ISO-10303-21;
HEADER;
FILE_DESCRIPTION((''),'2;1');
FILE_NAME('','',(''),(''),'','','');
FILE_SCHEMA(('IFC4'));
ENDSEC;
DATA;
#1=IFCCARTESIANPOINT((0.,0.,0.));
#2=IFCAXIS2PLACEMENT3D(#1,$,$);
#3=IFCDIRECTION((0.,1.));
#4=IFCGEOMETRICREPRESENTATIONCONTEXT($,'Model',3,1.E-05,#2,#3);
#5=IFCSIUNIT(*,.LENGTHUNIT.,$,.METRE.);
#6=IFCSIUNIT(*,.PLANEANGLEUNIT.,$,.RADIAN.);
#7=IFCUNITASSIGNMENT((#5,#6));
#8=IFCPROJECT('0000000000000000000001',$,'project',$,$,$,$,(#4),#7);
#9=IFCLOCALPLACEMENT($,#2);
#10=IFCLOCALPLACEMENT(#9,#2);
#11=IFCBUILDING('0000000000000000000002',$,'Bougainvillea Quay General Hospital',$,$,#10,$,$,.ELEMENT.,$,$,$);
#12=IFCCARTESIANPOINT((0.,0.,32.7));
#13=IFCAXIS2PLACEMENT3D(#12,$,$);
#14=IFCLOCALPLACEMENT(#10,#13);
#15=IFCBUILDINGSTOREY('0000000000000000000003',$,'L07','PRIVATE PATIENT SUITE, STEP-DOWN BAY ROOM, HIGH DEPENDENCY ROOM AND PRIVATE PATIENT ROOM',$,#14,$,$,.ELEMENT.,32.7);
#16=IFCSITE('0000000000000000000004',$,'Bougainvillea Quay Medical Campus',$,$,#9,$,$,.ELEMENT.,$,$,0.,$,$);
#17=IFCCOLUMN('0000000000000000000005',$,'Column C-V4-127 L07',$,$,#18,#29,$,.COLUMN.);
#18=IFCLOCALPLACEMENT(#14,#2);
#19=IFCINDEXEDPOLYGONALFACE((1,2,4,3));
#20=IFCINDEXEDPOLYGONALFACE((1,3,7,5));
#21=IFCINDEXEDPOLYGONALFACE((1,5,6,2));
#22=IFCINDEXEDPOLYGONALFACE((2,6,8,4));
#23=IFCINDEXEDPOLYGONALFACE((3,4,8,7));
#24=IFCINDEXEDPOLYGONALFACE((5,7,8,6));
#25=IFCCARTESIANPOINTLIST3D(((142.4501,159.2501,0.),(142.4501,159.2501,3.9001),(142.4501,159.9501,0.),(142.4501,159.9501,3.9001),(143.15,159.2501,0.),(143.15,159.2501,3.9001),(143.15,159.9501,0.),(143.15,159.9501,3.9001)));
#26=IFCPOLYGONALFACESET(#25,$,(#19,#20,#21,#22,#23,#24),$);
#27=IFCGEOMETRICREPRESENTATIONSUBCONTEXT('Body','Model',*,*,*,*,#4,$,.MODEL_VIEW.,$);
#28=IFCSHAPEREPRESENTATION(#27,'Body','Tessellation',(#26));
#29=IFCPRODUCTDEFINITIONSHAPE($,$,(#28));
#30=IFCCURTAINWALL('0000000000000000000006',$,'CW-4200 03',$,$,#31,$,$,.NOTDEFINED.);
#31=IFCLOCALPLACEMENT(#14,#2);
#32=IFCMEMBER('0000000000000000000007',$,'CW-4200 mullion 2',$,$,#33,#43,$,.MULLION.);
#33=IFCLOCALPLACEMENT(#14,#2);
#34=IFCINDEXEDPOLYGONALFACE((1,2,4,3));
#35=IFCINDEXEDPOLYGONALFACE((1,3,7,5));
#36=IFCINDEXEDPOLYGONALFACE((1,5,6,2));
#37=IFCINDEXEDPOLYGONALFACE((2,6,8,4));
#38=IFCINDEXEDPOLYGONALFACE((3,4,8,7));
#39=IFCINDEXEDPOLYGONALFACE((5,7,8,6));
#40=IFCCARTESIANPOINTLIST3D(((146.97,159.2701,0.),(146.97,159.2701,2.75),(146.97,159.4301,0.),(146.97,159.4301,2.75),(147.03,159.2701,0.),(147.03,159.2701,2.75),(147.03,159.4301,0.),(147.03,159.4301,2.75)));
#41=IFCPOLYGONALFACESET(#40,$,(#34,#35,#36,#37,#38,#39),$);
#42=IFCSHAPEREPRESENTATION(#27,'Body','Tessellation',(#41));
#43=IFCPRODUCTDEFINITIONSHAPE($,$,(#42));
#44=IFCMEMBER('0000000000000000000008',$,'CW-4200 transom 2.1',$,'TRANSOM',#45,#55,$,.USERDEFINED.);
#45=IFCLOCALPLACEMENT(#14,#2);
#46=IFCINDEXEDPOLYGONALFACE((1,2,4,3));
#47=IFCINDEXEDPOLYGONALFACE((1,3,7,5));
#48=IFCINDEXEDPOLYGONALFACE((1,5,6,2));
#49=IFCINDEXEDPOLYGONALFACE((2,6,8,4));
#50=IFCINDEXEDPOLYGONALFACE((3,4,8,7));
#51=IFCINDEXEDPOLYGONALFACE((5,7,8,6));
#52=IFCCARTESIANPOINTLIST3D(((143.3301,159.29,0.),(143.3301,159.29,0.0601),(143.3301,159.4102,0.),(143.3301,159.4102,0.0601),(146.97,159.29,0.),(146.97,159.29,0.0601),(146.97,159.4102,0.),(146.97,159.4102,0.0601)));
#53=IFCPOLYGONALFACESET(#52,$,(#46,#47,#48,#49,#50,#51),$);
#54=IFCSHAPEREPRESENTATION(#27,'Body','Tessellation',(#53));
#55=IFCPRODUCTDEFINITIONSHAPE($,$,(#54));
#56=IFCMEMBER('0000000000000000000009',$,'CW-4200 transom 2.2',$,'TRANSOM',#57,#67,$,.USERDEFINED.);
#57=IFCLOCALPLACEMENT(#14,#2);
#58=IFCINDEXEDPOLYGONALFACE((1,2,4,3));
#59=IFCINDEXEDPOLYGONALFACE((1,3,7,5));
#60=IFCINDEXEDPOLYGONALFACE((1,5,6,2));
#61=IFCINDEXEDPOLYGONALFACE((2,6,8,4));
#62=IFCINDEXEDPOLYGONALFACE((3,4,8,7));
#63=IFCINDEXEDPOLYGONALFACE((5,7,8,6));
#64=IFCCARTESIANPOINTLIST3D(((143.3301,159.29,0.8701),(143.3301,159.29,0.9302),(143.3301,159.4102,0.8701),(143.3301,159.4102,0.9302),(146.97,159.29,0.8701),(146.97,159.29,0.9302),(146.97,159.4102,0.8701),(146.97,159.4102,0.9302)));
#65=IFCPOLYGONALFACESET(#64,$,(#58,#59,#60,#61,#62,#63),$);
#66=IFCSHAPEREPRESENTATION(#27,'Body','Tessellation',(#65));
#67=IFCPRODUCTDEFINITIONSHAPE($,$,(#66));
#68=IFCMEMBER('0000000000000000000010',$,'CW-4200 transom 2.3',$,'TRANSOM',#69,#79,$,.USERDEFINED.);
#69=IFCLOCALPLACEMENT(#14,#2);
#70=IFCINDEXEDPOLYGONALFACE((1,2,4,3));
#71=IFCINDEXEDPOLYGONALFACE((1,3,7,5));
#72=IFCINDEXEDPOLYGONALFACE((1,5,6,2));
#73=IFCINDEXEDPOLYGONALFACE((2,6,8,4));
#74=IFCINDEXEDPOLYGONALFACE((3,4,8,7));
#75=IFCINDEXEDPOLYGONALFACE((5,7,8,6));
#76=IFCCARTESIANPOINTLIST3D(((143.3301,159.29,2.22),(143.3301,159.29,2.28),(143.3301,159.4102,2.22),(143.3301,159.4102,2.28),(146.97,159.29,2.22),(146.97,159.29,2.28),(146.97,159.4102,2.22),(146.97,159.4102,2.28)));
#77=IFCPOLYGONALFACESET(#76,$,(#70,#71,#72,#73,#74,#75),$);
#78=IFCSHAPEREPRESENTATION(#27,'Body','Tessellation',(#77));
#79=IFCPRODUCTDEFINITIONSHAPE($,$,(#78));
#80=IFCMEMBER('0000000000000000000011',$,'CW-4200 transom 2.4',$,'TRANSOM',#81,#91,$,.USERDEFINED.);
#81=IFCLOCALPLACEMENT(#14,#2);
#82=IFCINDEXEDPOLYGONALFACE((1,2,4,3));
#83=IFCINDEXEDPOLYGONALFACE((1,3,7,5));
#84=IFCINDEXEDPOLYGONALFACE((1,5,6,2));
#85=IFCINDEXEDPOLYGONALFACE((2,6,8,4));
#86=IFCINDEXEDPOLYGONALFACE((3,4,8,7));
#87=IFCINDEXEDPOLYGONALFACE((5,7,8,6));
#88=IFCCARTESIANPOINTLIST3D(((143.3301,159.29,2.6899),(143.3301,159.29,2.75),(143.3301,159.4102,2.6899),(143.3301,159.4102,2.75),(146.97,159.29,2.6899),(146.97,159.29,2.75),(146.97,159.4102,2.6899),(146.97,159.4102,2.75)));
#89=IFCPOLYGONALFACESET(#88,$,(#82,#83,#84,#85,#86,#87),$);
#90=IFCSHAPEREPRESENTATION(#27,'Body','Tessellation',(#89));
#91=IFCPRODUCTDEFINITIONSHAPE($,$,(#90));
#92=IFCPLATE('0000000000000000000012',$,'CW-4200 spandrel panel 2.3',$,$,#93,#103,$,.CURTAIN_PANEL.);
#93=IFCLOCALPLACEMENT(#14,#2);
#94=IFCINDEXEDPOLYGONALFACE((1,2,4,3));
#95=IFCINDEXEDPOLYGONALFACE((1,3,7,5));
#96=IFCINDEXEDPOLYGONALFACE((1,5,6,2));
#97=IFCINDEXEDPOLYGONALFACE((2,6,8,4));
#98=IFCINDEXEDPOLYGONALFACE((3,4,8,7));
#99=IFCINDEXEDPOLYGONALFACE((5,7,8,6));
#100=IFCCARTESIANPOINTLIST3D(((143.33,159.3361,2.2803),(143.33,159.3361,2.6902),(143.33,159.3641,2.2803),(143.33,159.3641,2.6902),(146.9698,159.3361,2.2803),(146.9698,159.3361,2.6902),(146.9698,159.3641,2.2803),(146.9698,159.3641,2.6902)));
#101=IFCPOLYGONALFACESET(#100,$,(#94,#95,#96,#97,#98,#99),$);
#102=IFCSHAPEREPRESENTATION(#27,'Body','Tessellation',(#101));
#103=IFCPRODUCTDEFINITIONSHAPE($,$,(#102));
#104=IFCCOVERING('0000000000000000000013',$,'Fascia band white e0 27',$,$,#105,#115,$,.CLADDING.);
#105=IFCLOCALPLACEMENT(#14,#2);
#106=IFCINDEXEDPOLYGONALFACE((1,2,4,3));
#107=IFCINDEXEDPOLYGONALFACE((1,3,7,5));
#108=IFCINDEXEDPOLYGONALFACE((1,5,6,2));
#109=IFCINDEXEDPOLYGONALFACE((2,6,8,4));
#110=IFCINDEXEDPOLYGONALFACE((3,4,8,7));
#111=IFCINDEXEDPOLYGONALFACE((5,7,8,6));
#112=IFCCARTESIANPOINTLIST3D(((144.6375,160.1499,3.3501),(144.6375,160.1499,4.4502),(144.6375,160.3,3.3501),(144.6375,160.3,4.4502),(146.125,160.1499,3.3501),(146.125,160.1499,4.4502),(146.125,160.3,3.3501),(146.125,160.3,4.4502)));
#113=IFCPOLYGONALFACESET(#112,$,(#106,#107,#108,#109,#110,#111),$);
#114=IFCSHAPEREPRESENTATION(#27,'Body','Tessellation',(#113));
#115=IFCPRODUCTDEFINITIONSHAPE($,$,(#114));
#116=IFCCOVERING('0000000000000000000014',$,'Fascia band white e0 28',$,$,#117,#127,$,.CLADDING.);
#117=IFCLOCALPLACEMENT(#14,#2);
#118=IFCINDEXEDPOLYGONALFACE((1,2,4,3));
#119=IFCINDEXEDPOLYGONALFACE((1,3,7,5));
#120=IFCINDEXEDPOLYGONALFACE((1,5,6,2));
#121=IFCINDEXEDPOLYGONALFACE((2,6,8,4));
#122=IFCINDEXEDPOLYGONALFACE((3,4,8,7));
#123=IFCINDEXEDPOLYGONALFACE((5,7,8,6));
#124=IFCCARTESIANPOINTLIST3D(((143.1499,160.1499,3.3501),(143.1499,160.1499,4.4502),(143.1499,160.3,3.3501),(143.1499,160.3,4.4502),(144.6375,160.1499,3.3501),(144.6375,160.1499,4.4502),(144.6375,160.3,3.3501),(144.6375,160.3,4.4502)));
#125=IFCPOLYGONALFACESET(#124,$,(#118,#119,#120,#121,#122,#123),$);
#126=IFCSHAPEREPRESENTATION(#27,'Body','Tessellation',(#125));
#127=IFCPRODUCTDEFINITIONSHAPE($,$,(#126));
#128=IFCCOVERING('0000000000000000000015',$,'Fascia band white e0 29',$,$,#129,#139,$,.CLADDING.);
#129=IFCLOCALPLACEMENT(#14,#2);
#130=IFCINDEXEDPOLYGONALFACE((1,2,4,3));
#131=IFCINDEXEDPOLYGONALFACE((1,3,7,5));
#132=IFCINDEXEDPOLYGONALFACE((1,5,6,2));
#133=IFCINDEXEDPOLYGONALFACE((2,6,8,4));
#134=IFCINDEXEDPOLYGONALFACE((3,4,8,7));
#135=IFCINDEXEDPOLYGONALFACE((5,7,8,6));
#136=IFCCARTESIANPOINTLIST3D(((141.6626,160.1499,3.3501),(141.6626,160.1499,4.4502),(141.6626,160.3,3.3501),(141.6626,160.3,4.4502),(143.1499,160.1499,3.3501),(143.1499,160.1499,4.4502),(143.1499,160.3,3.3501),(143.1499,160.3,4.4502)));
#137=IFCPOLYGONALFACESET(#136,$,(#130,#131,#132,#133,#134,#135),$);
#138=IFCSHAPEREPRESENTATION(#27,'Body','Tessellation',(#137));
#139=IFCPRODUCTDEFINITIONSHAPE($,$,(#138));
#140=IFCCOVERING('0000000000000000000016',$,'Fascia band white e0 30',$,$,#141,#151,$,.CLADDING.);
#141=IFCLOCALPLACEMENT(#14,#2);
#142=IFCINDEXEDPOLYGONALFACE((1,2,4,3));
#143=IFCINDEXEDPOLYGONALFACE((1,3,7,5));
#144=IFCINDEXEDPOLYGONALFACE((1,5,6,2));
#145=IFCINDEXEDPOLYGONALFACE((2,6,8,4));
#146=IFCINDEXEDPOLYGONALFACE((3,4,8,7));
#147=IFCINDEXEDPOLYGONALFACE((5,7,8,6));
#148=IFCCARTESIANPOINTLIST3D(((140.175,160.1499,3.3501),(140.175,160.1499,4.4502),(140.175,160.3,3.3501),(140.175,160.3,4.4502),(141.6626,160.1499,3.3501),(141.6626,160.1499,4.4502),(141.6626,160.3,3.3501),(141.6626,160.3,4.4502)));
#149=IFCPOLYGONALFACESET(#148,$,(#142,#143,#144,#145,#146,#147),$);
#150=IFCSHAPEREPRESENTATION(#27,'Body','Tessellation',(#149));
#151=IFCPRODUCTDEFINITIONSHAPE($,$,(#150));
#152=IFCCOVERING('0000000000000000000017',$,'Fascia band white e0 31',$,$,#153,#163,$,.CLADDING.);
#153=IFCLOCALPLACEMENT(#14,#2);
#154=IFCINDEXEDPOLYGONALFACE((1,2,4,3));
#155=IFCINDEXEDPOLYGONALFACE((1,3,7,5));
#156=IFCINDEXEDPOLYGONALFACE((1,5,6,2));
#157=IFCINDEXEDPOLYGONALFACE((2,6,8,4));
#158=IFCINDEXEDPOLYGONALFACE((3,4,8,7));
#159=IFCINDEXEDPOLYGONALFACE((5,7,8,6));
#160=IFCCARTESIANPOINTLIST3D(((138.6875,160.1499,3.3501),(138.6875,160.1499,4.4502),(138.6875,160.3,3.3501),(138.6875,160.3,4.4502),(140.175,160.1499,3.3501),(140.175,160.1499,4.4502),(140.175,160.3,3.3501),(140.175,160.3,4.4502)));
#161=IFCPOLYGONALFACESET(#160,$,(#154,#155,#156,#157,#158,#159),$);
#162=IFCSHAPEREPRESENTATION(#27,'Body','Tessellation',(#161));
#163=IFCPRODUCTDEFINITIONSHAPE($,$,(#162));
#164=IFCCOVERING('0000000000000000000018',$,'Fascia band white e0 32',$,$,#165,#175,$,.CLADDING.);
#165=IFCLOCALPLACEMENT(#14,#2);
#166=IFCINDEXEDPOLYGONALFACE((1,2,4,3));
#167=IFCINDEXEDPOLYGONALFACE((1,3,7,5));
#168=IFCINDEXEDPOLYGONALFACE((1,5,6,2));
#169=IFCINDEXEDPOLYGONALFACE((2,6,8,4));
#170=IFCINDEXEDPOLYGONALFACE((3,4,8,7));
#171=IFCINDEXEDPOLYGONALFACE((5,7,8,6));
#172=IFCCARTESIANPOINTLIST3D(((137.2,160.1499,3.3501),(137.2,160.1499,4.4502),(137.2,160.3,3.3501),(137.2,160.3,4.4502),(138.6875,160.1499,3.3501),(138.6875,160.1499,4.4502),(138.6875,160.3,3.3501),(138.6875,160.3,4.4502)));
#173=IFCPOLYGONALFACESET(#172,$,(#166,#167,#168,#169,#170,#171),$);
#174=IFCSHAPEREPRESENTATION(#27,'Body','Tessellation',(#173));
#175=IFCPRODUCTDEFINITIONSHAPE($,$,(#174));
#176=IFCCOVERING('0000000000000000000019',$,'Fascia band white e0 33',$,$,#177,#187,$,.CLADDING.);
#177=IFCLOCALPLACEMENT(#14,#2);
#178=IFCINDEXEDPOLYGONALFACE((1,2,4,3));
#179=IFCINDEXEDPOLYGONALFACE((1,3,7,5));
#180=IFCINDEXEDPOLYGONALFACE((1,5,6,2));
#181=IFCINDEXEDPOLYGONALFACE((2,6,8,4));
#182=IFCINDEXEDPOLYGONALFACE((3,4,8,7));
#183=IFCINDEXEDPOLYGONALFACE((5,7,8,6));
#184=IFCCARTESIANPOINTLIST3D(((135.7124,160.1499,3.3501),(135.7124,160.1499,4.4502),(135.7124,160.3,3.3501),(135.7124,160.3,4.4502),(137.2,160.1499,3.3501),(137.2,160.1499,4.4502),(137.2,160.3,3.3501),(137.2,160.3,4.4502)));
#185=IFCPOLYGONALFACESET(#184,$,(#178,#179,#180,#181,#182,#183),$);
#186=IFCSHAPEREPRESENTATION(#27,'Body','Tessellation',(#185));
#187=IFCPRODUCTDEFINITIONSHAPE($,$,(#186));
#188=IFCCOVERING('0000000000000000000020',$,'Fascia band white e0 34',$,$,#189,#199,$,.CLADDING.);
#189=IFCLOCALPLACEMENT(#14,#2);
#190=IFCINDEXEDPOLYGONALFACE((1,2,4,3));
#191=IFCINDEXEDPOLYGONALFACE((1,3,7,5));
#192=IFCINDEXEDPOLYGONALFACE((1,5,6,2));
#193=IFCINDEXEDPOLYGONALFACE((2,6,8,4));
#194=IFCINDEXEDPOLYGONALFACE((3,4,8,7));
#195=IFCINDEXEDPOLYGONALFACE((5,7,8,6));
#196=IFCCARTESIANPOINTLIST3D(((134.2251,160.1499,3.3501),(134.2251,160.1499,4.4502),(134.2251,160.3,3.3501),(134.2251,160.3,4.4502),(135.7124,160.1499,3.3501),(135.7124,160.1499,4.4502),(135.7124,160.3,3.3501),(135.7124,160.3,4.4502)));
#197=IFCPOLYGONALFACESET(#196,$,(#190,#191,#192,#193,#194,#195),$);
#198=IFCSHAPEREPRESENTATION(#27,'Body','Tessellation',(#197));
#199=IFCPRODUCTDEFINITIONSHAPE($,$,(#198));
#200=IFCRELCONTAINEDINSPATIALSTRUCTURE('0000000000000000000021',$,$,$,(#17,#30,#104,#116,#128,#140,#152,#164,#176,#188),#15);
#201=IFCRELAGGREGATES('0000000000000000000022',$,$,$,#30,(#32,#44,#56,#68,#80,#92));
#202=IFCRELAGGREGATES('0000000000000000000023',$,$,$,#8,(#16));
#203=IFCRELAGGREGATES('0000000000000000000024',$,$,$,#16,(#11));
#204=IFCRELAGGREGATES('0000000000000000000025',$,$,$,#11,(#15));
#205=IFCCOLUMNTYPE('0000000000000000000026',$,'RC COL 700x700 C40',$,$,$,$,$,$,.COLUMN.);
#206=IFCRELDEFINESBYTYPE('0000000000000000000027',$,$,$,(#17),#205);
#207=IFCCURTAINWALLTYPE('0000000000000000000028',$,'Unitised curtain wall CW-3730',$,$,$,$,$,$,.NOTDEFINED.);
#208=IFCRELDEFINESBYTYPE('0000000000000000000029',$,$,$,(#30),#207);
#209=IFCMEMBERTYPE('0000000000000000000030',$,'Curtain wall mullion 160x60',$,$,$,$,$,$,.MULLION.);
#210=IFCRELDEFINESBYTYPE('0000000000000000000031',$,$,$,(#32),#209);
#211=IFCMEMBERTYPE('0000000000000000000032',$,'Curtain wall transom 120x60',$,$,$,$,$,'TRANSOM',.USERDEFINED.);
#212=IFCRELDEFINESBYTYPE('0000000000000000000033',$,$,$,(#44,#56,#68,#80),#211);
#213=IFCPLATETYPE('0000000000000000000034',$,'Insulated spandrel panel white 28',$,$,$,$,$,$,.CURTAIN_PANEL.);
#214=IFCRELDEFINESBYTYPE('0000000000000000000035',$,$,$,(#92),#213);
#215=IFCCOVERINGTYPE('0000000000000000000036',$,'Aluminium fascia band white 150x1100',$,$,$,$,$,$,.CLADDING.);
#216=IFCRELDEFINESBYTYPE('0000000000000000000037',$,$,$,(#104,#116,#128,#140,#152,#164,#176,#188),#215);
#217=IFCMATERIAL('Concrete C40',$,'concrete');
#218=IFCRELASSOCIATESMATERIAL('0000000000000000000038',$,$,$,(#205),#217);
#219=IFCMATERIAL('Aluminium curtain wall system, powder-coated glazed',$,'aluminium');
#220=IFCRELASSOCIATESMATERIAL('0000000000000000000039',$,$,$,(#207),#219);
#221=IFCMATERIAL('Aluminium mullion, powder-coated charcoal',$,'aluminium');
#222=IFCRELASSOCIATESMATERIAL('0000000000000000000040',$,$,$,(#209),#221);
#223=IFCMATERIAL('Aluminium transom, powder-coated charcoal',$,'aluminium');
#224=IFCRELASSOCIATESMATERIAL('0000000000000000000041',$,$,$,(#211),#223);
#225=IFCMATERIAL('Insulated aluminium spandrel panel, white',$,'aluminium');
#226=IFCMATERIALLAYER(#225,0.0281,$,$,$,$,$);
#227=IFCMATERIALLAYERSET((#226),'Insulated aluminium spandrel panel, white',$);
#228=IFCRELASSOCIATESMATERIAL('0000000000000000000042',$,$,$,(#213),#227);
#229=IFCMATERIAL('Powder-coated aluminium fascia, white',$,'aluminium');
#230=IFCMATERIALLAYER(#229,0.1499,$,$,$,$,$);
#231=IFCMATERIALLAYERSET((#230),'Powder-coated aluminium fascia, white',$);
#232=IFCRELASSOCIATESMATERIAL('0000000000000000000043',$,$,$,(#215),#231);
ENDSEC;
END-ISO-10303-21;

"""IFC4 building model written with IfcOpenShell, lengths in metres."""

from ifc_helpers import new_model, si_unit, direction, frame, origin, origin_2d, place, context, subcontext, project, spatial, polyline, rectangle, outline, extrude, material, layer, layer_set, material_profile, profile_set, type_object, element, aggregate, save


model = new_model("IFC4")

# Units and contexts
model_context = context("Model", 3, precision=1e-05, world=origin(), true_north=direction((0.0, 1.0)))
body_context = subcontext(model_context, "Body", "Model", "MODEL_VIEW")
ifc_project = project(units=[si_unit("LENGTHUNIT", "METRE"), si_unit("PLANEANGLEUNIT", "RADIAN")], contexts=[model_context])

# Site, building, storey
site_placement = place(None, origin())
site = spatial("IfcSite", under=ifc_project, at=site_placement, Name="Bougainvillea Quay Medical Campus", CompositionType="ELEMENT", RefElevation=0.0)
building_placement = place(site_placement, origin())
building = spatial("IfcBuilding", under=site, at=building_placement, Name="Bougainvillea Quay General Hospital", CompositionType="ELEMENT")
storey_placement = place(building_placement, frame((0.0, 0.0, 32.7)))
storey = spatial("IfcBuildingStorey", under=building, at=storey_placement, Name="L07", Description="PRIVATE PATIENT SUITE, STEP-DOWN BAY ROOM, HIGH DEPENDENCY ROOM AND PRIVATE PATIENT ROOM", CompositionType="ELEMENT", Elevation=32.7)

# Column
ifc_material_1 = material(Name="Concrete C40", Category="concrete")
ifc_material_profile_1 = material_profile(ifc_material_1, rectangle(XDim=0.7, YDim=0.7, at=origin_2d()))
ifc_profile_set_1 = profile_set([ifc_material_profile_1], Name="Concrete C40")
column_type = type_object("IfcColumnType", Name="RC COL 700x700 C40", PredefinedType="COLUMN", material=ifc_profile_set_1)
column_placement = place(storey_placement, frame((142.8, 159.6001, 0.0), z_axis=(0.0, 0.0, 1.0), x_axis=(1.0, 0.0, 0.0)))
element("IfcColumn", 1, at=column_placement, inside=storey, type_object=column_type, Name="Column C-V4-127 L07", PredefinedType="COLUMN", context=body_context, shape_type="SweptSolid", body=[
    extrude(rectangle(XDim=0.7, YDim=0.7, at=origin_2d()), origin(), (0.0, 0.0, 1.0), 3.9001),
])

# Curtain wall, members, plate
ifc_material_2 = material(Name="Aluminium curtain wall system, powder-coated glazed", Category="aluminium")
curtain_wall_type = type_object("IfcCurtainWallType", Name="Unitised curtain wall CW-3730", PredefinedType="NOTDEFINED", material=ifc_material_2)
curtain_wall_placement = place(storey_placement, origin())
curtain_wall = element("IfcCurtainWall", 2, at=curtain_wall_placement, inside=storey, type_object=curtain_wall_type, Name="CW-4200 03", PredefinedType="NOTDEFINED")
ifc_material_3 = material(Name="Aluminium mullion, powder-coated charcoal", Category="aluminium")
ifc_material_profile_2 = material_profile(ifc_material_3, rectangle(XDim=0.1599, YDim=0.0601, at=origin_2d()))
ifc_profile_set_2 = profile_set([ifc_material_profile_2], Name="Aluminium mullion, powder-coated charcoal")
member_type_1 = type_object("IfcMemberType", Name="Curtain wall mullion 160x60", PredefinedType="MULLION", material=ifc_profile_set_2)
member_1_placement = place(storey_placement, frame((147.0, 159.3501, 0.0), z_axis=(0.0, 0.0, 1.0), x_axis=(0.0, -1.0, 0.0)))
member_1 = element("IfcMember", 3, at=member_1_placement, type_object=member_type_1, Name="CW-4200 mullion 2", PredefinedType="MULLION", context=body_context, shape_type="SweptSolid", body=[
    extrude(rectangle(XDim=0.1599, YDim=0.0601, at=origin_2d()), origin(), (0.0, 0.0, 1.0), 2.75),
])
ifc_material_4 = material(Name="Aluminium transom, powder-coated charcoal", Category="aluminium")
ifc_material_profile_3 = material_profile(ifc_material_4, rectangle(XDim=0.1201, YDim=0.0601, at=origin_2d()))
ifc_profile_set_3 = profile_set([ifc_material_profile_3], Name="Aluminium transom, powder-coated charcoal")
member_type_2 = type_object("IfcMemberType", Name="Curtain wall transom 120x60", ElementType="TRANSOM", PredefinedType="USERDEFINED", material=ifc_profile_set_3)
member_2_placement = place(storey_placement, frame((146.97, 159.3501, 0.03), z_axis=(-1.0, 0.0, 0.0), x_axis=(0.0, -1.0, 0.0)))
member_2 = element("IfcMember", 4, at=member_2_placement, type_object=member_type_2, Name="CW-4200 transom 2.1", ObjectType="TRANSOM", PredefinedType="USERDEFINED", context=body_context, shape_type="SweptSolid", body=[
    extrude(rectangle(XDim=0.1201, YDim=0.0601, at=origin_2d()), origin(), (0.0, 0.0, 1.0), 3.6399),
])
member_3_placement = place(storey_placement, frame((146.97, 159.3501, 0.9001), z_axis=(-1.0, 0.0, 0.0), x_axis=(0.0, -1.0, 0.0)))
member_3 = element("IfcMember", 5, at=member_3_placement, type_object=member_type_2, Name="CW-4200 transom 2.2", ObjectType="TRANSOM", PredefinedType="USERDEFINED", context=body_context, shape_type="SweptSolid", body=[
    extrude(rectangle(XDim=0.1201, YDim=0.0601, at=origin_2d()), origin(), (0.0, 0.0, 1.0), 3.6399),
])
member_4_placement = place(storey_placement, frame((146.97, 159.3501, 2.25), z_axis=(-1.0, 0.0, 0.0), x_axis=(0.0, -1.0, 0.0)))
member_4 = element("IfcMember", 6, at=member_4_placement, type_object=member_type_2, Name="CW-4200 transom 2.3", ObjectType="TRANSOM", PredefinedType="USERDEFINED", context=body_context, shape_type="SweptSolid", body=[
    extrude(rectangle(XDim=0.1201, YDim=0.0601, at=origin_2d()), origin(), (0.0, 0.0, 1.0), 3.6399),
])
member_5_placement = place(storey_placement, frame((146.97, 159.3501, 2.72), z_axis=(-1.0, 0.0, 0.0), x_axis=(0.0, -1.0, 0.0)))
member_5 = element("IfcMember", 7, at=member_5_placement, type_object=member_type_2, Name="CW-4200 transom 2.4", ObjectType="TRANSOM", PredefinedType="USERDEFINED", context=body_context, shape_type="SweptSolid", body=[
    extrude(rectangle(XDim=0.1201, YDim=0.0601, at=origin_2d()), origin(), (0.0, 0.0, 1.0), 3.6399),
])
ifc_material_5 = material(Name="Insulated aluminium spandrel panel, white", Category="aluminium")
ifc_layer_1 = layer(ifc_material_5, 0.0281)
ifc_layer_set_1 = layer_set([ifc_layer_1], Name="Insulated aluminium spandrel panel, white")
plate_type = type_object("IfcPlateType", Name="Insulated spandrel panel white 28", PredefinedType="CURTAIN_PANEL", material=ifc_layer_set_1)
plate_placement = place(storey_placement, frame((145.1499, 159.3501, 2.2803), z_axis=(0.0, 0.0, 1.0), x_axis=(-1.0, 0.0, 0.0)))
plate = element("IfcPlate", 8, at=plate_placement, type_object=plate_type, Name="CW-4200 spandrel panel 2.3", PredefinedType="CURTAIN_PANEL", context=body_context, shape_type="SweptSolid", body=[
    extrude(rectangle(XDim=3.6399, YDim=0.0281, at=origin_2d()), origin(), (0.0, 0.0, 1.0), 0.4099),
])
aggregate(curtain_wall, [member_1, member_2, member_3, member_4, member_5, plate])

# Coverings
ifc_material_6 = material(Name="Powder-coated aluminium fascia, white", Category="aluminium")
ifc_layer_2 = layer(ifc_material_6, 0.1499)
ifc_layer_set_2 = layer_set([ifc_layer_2], Name="Powder-coated aluminium fascia, white")
covering_type = type_object("IfcCoveringType", Name="Aluminium fascia band white 150x1100", PredefinedType="CLADDING", material=ifc_layer_set_2)
for number, where, z_axis, x_axis, name in (
    (9, (146.125, 160.1499, 3.3501), (0.0, 0.0, 1.0), (-1.0, 0.0, 0.0), "Fascia band white e0 27"),
    (10, (144.6375, 160.1499, 3.3501), (0.0, 0.0, 1.0), (-1.0, 0.0, 0.0), "Fascia band white e0 28"),
):
    element("IfcCovering", number, at=place(storey_placement, frame(where, z_axis=z_axis, x_axis=x_axis)), inside=storey, type_object=covering_type, Name=name, PredefinedType="CLADDING", context=body_context, shape_type="SweptSolid", body=[
        extrude(outline(polyline([(0.0, 0.0), (1.4875, 0.0), (1.4875, -0.1501), (0.0, -0.1501), (0.0, 0.0)])), origin(), (0.0, 0.0, 1.0), 1.1001),
    ])
covering_1_placement = place(storey_placement, frame((143.1499, 160.1499, 3.3501), z_axis=(0.0, 0.0, 1.0), x_axis=(-1.0, 0.0, 0.0)))
element("IfcCovering", 11, at=covering_1_placement, inside=storey, type_object=covering_type, Name="Fascia band white e0 29", PredefinedType="CLADDING", context=body_context, shape_type="SweptSolid", body=[
    extrude(outline(polyline([(0.0, 0.0), (1.4873, 0.0), (1.4873, -0.1501), (0.0, -0.1501), (0.0, 0.0)])), origin(), (0.0, 0.0, 1.0), 1.1001),
])
for number, where, z_axis, x_axis, name in (
    (12, (141.6626, 160.1499, 3.3501), (0.0, 0.0, 1.0), (-1.0, 0.0, 0.0), "Fascia band white e0 30"),
    (13, (140.175, 160.1499, 3.3501), (0.0, 0.0, 1.0), (-1.0, 0.0, 0.0), "Fascia band white e0 31"),
    (14, (138.6875, 160.1499, 3.3501), (0.0, 0.0, 1.0), (-1.0, 0.0, 0.0), "Fascia band white e0 32"),
    (15, (137.2, 160.1499, 3.3501), (0.0, 0.0, 1.0), (-1.0, 0.0, 0.0), "Fascia band white e0 33"),
):
    element("IfcCovering", number, at=place(storey_placement, frame(where, z_axis=z_axis, x_axis=x_axis)), inside=storey, type_object=covering_type, Name=name, PredefinedType="CLADDING", context=body_context, shape_type="SweptSolid", body=[
        extrude(outline(polyline([(0.0, 0.0), (1.4875, 0.0), (1.4875, -0.1501), (0.0, -0.1501), (0.0, 0.0)])), origin(), (0.0, 0.0, 1.0), 1.1001),
    ])
covering_2_placement = place(storey_placement, frame((135.7124, 160.1499, 3.3501), z_axis=(0.0, 0.0, 1.0), x_axis=(-1.0, 0.0, 0.0)))
element("IfcCovering", 16, at=covering_2_placement, inside=storey, type_object=covering_type, Name="Fascia band white e0 34", PredefinedType="CLADDING", context=body_context, shape_type="SweptSolid", body=[
    extrude(outline(polyline([(0.0, 0.0), (1.4873, 0.0), (1.4873, -0.1501), (0.0, -0.1501), (0.0, 0.0)])), origin(), (0.0, 0.0, 1.0), 1.1001),
])

save(model, "model.ifc")
